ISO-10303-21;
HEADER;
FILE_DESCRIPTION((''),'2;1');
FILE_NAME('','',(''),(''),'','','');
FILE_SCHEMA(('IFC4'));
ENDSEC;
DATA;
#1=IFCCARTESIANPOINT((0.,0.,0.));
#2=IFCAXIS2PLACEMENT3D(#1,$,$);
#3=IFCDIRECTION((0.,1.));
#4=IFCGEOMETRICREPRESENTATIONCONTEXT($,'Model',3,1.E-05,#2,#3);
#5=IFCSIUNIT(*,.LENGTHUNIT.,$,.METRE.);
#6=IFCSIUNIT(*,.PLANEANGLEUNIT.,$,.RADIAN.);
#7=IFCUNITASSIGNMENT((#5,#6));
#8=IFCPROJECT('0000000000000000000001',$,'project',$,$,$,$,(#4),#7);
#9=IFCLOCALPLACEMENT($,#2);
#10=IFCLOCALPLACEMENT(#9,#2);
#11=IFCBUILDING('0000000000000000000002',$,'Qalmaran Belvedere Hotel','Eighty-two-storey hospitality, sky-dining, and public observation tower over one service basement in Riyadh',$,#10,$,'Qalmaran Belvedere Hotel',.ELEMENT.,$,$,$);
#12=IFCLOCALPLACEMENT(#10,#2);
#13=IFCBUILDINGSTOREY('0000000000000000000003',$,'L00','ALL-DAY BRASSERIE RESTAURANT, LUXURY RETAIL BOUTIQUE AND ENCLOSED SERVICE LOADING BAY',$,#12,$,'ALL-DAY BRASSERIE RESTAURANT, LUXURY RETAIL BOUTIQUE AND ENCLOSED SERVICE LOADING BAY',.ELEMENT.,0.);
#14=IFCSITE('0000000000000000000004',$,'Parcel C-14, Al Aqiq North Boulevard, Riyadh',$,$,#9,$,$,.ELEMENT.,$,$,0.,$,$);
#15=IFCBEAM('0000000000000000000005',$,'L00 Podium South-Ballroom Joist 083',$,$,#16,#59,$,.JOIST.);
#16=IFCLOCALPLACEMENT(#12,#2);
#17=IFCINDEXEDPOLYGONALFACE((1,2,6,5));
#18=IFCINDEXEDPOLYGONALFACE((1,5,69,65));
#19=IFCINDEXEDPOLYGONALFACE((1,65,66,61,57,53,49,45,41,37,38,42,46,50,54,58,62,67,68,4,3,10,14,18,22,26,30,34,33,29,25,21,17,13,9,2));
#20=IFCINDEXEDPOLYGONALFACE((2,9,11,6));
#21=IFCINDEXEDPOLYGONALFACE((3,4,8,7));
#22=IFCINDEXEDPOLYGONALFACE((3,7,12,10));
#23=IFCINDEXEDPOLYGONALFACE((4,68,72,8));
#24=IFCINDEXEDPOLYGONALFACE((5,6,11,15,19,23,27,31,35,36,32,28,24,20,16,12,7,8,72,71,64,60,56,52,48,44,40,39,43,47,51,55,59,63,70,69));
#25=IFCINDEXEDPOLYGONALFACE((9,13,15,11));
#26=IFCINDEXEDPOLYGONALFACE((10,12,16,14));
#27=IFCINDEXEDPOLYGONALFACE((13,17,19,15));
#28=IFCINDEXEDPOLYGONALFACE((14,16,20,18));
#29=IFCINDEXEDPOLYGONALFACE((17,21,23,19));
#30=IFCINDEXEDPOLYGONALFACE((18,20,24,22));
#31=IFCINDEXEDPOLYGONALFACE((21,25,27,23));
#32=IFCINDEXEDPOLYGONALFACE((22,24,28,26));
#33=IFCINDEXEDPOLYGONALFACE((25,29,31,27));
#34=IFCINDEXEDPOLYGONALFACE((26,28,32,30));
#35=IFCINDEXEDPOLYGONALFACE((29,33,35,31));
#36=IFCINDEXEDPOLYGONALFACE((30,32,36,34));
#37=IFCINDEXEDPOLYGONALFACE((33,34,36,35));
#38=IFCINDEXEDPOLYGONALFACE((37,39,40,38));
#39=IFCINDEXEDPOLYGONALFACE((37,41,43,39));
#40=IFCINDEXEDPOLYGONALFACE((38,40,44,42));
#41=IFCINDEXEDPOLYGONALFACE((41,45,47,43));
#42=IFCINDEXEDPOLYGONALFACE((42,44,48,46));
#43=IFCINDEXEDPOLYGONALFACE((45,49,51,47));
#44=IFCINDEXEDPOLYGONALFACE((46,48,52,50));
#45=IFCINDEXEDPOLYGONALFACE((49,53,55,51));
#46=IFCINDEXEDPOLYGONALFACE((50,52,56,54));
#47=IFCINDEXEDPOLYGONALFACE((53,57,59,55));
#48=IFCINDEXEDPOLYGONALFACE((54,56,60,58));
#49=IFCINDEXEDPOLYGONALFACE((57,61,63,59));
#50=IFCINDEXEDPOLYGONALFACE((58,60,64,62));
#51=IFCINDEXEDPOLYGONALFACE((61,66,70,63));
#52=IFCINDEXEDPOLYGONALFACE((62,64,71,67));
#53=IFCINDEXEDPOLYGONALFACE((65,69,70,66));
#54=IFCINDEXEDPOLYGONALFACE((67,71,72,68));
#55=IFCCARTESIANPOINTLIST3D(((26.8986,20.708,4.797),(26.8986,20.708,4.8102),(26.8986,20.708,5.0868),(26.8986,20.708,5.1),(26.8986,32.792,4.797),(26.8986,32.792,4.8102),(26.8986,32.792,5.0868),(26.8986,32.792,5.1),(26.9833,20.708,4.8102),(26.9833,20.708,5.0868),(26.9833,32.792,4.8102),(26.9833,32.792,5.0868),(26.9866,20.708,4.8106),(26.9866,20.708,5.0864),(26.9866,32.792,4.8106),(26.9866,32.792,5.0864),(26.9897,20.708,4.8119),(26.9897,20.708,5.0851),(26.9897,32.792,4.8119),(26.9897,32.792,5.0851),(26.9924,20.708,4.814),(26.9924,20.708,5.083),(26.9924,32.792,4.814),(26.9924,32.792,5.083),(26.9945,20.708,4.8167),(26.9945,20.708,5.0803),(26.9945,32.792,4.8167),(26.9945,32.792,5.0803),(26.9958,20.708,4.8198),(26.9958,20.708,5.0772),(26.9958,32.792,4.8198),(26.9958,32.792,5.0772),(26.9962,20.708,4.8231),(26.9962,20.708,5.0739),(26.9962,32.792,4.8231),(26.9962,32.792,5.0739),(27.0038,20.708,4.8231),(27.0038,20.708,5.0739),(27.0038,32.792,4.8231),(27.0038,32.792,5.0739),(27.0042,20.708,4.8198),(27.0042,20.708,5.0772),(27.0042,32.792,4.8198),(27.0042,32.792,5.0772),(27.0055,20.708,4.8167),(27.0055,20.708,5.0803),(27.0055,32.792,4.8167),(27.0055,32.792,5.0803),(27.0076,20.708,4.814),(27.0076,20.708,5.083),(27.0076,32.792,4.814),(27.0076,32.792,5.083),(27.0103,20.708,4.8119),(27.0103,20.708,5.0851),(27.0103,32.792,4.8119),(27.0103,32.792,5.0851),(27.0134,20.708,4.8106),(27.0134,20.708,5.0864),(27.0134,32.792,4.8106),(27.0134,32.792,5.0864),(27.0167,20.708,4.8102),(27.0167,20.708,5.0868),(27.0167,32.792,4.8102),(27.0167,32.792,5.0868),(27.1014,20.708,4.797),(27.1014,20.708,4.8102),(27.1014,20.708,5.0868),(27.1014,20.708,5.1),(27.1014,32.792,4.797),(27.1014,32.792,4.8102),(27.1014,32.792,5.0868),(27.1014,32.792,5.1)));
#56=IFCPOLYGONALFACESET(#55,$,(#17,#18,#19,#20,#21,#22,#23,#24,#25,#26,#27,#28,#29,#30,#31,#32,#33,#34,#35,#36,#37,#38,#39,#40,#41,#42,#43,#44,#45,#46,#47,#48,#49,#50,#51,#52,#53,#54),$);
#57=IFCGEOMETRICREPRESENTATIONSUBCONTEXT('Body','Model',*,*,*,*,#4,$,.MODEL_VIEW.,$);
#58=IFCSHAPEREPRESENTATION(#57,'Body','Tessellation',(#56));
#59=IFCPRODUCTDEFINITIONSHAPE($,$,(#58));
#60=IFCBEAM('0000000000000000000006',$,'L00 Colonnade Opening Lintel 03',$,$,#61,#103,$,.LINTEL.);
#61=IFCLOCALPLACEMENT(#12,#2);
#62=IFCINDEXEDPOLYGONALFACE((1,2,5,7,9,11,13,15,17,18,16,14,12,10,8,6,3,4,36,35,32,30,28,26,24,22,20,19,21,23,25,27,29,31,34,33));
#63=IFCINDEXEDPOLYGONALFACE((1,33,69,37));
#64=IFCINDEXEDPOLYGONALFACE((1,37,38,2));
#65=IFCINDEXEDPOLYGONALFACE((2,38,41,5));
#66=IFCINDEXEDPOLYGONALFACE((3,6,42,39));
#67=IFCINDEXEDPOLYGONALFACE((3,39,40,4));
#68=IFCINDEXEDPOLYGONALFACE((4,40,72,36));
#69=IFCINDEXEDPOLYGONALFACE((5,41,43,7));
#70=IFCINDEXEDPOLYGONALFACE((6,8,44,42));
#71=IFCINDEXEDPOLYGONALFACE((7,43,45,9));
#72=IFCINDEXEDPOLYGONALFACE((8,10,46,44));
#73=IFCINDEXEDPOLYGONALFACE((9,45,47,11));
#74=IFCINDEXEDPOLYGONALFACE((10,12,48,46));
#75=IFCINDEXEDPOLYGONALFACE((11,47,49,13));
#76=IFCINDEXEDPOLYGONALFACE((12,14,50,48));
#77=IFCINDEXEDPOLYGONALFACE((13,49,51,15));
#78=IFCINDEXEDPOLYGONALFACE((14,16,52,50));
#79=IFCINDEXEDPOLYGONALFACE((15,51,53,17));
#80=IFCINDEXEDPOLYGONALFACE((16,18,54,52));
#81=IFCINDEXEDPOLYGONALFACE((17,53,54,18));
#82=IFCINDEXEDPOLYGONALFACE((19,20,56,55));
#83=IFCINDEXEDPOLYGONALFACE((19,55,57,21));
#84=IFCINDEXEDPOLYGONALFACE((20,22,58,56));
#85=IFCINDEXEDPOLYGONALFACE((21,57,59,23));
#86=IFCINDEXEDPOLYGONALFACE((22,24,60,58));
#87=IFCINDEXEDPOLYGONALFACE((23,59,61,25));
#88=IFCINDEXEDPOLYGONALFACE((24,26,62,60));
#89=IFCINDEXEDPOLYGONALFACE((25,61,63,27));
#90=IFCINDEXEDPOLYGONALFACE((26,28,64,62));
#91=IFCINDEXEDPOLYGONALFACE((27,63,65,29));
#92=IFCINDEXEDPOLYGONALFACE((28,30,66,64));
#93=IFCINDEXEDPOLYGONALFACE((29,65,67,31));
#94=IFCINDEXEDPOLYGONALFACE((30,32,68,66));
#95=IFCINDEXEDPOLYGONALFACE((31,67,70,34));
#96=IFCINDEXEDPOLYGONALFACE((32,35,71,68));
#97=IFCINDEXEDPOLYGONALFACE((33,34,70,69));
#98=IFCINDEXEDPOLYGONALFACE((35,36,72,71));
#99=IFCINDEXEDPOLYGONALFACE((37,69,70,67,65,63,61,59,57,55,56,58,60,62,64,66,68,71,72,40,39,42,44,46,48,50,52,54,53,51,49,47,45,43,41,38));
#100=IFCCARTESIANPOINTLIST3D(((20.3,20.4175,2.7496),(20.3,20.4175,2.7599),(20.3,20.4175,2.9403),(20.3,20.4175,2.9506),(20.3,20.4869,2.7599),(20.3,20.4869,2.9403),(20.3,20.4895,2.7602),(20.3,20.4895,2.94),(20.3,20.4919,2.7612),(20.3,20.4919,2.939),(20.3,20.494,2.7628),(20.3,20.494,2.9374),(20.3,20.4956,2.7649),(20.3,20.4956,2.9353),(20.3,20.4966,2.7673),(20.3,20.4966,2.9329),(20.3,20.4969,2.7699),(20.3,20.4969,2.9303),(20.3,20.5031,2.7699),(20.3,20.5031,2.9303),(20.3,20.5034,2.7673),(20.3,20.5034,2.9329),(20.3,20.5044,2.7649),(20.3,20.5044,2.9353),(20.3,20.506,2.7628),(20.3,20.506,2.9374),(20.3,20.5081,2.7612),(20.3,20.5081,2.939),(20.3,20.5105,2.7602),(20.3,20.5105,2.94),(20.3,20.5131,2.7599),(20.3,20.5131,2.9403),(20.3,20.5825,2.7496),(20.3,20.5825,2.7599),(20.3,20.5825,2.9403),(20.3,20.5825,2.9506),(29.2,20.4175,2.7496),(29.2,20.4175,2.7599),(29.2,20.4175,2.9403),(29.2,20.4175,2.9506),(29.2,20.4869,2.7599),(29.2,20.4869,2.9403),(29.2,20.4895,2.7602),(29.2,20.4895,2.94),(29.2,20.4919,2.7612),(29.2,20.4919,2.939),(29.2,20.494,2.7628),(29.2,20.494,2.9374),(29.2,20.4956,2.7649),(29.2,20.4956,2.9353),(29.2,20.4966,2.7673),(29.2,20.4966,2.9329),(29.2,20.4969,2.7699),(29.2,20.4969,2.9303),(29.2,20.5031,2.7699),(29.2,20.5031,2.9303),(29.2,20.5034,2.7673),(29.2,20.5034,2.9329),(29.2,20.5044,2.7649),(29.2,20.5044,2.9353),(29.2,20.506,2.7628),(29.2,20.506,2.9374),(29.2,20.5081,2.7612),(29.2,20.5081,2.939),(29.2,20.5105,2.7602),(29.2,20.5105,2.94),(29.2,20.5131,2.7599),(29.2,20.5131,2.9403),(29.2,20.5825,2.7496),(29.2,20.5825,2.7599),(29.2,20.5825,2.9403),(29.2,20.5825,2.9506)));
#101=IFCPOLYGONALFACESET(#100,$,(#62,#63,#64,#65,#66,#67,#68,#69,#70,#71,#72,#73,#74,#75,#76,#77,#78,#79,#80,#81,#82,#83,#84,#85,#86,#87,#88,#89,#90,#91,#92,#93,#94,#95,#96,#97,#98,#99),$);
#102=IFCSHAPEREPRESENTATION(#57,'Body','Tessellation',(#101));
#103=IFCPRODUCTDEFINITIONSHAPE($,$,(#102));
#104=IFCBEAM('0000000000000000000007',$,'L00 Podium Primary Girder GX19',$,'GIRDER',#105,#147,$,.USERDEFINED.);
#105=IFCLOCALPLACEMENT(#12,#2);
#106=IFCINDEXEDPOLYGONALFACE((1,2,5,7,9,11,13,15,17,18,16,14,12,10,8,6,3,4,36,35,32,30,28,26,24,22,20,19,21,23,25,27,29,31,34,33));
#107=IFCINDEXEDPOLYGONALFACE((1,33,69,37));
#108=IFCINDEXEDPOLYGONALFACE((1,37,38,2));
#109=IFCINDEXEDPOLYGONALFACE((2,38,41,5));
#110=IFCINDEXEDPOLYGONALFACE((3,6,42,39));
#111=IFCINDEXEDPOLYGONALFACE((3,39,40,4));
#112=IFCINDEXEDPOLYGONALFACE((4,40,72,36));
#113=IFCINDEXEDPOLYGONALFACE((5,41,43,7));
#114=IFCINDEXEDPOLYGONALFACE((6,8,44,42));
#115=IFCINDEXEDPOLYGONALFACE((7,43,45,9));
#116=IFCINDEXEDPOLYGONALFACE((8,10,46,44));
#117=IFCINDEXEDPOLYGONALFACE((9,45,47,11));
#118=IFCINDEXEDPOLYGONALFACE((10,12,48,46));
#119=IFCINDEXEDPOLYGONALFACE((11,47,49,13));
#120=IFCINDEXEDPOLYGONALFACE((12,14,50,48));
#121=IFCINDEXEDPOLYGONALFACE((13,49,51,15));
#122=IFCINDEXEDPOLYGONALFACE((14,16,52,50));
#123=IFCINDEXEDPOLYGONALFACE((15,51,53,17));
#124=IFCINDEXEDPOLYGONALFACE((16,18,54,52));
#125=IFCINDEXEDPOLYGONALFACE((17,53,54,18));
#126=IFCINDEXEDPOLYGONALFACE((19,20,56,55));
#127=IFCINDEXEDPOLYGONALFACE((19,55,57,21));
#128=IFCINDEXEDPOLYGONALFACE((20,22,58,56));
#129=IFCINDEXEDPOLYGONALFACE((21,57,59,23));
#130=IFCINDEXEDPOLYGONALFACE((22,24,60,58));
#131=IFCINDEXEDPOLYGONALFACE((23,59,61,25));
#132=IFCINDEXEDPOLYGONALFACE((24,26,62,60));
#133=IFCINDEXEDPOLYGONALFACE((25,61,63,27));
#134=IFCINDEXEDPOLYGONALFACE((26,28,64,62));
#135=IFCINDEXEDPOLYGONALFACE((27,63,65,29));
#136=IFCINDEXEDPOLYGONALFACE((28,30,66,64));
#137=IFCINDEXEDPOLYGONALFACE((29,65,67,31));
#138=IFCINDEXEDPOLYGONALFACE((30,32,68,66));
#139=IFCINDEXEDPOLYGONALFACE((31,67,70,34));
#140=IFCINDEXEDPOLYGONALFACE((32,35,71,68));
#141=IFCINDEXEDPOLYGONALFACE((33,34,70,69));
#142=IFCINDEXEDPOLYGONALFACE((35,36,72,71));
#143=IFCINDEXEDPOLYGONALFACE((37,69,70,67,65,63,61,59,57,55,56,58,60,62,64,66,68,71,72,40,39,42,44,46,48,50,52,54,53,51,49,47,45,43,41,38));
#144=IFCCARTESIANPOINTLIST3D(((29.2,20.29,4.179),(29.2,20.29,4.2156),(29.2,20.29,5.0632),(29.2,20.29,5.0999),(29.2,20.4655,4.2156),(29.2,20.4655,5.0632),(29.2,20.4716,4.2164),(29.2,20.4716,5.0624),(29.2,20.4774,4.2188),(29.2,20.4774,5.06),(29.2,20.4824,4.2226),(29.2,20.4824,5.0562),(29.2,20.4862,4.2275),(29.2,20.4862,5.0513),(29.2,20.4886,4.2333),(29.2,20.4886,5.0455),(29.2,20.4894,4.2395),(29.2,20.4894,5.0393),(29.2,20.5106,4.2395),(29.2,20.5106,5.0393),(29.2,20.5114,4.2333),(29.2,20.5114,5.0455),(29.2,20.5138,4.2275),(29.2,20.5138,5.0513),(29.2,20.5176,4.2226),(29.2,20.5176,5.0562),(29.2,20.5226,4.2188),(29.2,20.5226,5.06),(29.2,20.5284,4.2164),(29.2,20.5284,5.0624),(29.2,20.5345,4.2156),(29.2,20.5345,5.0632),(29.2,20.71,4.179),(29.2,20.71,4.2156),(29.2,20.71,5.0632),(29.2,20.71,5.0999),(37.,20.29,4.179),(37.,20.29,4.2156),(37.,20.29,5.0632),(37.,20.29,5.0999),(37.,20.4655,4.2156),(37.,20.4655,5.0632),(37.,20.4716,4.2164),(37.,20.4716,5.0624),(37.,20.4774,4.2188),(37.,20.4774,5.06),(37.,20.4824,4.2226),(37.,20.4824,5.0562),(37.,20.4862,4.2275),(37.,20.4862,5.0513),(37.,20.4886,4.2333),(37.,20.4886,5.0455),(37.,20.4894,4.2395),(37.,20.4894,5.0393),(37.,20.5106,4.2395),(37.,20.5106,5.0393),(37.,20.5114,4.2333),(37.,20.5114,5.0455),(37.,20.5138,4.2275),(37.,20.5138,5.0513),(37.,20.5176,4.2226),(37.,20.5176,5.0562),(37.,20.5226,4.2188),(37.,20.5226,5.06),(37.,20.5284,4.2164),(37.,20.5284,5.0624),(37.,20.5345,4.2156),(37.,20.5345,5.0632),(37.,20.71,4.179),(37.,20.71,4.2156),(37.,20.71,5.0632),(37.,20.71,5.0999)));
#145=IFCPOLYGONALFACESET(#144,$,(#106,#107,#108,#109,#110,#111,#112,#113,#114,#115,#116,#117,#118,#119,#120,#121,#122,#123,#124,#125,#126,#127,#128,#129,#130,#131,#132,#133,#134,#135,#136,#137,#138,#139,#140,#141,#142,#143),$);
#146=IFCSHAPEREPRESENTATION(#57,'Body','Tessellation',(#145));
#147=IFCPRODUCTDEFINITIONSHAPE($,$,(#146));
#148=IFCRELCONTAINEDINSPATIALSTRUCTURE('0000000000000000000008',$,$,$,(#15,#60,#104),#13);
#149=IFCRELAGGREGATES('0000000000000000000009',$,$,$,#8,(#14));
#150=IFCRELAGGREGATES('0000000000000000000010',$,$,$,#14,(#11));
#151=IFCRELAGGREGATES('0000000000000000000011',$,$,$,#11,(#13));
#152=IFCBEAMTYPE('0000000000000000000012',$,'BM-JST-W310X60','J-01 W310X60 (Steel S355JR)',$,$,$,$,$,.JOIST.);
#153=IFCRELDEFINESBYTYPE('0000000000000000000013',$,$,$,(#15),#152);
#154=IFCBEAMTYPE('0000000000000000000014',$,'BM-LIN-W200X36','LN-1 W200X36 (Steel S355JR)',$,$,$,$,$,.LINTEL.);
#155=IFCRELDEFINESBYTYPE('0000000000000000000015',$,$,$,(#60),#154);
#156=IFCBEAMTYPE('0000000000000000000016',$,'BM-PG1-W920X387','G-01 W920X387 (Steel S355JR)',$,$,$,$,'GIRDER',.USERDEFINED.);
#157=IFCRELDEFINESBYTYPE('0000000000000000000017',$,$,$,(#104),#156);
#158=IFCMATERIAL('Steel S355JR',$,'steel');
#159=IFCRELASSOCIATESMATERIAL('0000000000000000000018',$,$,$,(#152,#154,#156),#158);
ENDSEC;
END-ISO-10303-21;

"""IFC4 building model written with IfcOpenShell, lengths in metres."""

from ifc_helpers import new_model, si_unit, direction, frame, origin, origin_2d, place, context, subcontext, project, spatial, i_section, extrude, material, material_profile, profile_set, type_object, element, save


model = new_model("IFC4")

# Units and contexts
model_context = context("Model", 3, precision=1e-05, world=origin(), true_north=direction((0.0, 1.0)))
body_context = subcontext(model_context, "Body", "Model", "MODEL_VIEW")
ifc_project = project(units=[si_unit("LENGTHUNIT", "METRE"), si_unit("PLANEANGLEUNIT", "RADIAN")], contexts=[model_context])

# Site, building, storey
site_placement = place(None, origin())
site = spatial("IfcSite", under=ifc_project, at=site_placement, Name="Parcel C-14, Al Aqiq North Boulevard, Riyadh", CompositionType="ELEMENT", RefElevation=0.0)
building_placement = place(site_placement, origin())
building = spatial("IfcBuilding", under=site, at=building_placement, Name="Qalmaran Belvedere Hotel", Description="Eighty-two-storey hospitality, sky-dining, and public observation tower over one service basement in Riyadh", LongName="Qalmaran Belvedere Hotel", CompositionType="ELEMENT")
storey_placement = place(building_placement, origin())
storey = spatial("IfcBuildingStorey", under=building, at=storey_placement, Name="L00", Description="ALL-DAY BRASSERIE RESTAURANT, LUXURY RETAIL BOUTIQUE AND ENCLOSED SERVICE LOADING BAY", LongName="ALL-DAY BRASSERIE RESTAURANT, LUXURY RETAIL BOUTIQUE AND ENCLOSED SERVICE LOADING BAY", CompositionType="ELEMENT", Elevation=0.0)

# Beams
ifc_material_1 = material(Name="Steel S355JR", Category="steel")
ifc_material_profile_1 = material_profile(ifc_material_1, i_section(OverallWidth=0.2029, OverallDepth=0.303, WebThickness=0.0076, FlangeThickness=0.0132, FilletRadius=0.0129, at=origin_2d()), Name="W310X60")
ifc_profile_set_1 = profile_set([ifc_material_profile_1], Name="Steel S355JR")
beam_type_1 = type_object("IfcBeamType", Name="BM-JST-W310X60", Description="J-01 W310X60 (Steel S355JR)", PredefinedType="JOIST", material=ifc_profile_set_1)
for number, where, z_axis, x_axis, name in (
    (1, (27.0, 20.708, 4.9485), (0.0, 1.0, 0.0), (-1.0, 0.0, 0.0), "L00 Podium South-Ballroom Joist 083"),
):
    element("IfcBeam", number, at=place(storey_placement, frame(where, z_axis=z_axis, x_axis=x_axis)), inside=storey, type_object=beam_type_1, Name=name, PredefinedType="JOIST", context=body_context, shape_type="SweptSolid", body=[
        extrude(i_section(OverallWidth=0.2029, OverallDepth=0.303, WebThickness=0.0076, FlangeThickness=0.0132, FilletRadius=0.0129, at=origin_2d()), origin(), (0.0, 0.0, 1.0), 12.084),
    ])
ifc_material_profile_2 = material_profile(ifc_material_1, i_section(OverallWidth=0.165, OverallDepth=0.2009, WebThickness=0.0061, FlangeThickness=0.0103, FilletRadius=0.01, at=origin_2d()), Name="W200X36")
ifc_profile_set_2 = profile_set([ifc_material_profile_2], Name="Steel S355JR")
beam_type_2 = type_object("IfcBeamType", Name="BM-LIN-W200X36", Description="LN-1 W200X36 (Steel S355JR)", PredefinedType="LINTEL", material=ifc_profile_set_2)
beam_1_placement = place(storey_placement, frame((20.3, 20.5, 2.8501), z_axis=(1.0, 0.0, 0.0), x_axis=(0.0, 1.0, 0.0)))
element("IfcBeam", 2, at=beam_1_placement, inside=storey, type_object=beam_type_2, Name="L00 Colonnade Opening Lintel 03", PredefinedType="LINTEL", context=body_context, shape_type="SweptSolid", body=[
    extrude(i_section(OverallWidth=0.165, OverallDepth=0.2009, WebThickness=0.0061, FlangeThickness=0.0103, FilletRadius=0.01, at=origin_2d()), origin(), (0.0, 0.0, 1.0), 8.8999),
])
ifc_material_profile_3 = material_profile(ifc_material_1, i_section(OverallWidth=0.4199, OverallDepth=0.9209, WebThickness=0.0212, FlangeThickness=0.0366, FilletRadius=0.0239, at=origin_2d()), Name="W920X387")
ifc_profile_set_3 = profile_set([ifc_material_profile_3], Name="Steel S355JR")
beam_type_3 = type_object("IfcBeamType", Name="BM-PG1-W920X387", Description="G-01 W920X387 (Steel S355JR)", ElementType="GIRDER", PredefinedType="USERDEFINED", material=ifc_profile_set_3)
beam_2_placement = place(storey_placement, frame((29.2, 20.5, 4.6394), z_axis=(1.0, 0.0, 0.0), x_axis=(0.0, 1.0, 0.0)))
element("IfcBeam", 3, at=beam_2_placement, inside=storey, type_object=beam_type_3, Name="L00 Podium Primary Girder GX19", ObjectType="GIRDER", PredefinedType="USERDEFINED", context=body_context, shape_type="SweptSolid", body=[
    extrude(i_section(OverallWidth=0.4199, OverallDepth=0.9209, WebThickness=0.0212, FlangeThickness=0.0366, FilletRadius=0.0239, at=origin_2d()), origin(), (0.0, 0.0, 1.0), 7.8),
])

save(model, "model.ifc")
